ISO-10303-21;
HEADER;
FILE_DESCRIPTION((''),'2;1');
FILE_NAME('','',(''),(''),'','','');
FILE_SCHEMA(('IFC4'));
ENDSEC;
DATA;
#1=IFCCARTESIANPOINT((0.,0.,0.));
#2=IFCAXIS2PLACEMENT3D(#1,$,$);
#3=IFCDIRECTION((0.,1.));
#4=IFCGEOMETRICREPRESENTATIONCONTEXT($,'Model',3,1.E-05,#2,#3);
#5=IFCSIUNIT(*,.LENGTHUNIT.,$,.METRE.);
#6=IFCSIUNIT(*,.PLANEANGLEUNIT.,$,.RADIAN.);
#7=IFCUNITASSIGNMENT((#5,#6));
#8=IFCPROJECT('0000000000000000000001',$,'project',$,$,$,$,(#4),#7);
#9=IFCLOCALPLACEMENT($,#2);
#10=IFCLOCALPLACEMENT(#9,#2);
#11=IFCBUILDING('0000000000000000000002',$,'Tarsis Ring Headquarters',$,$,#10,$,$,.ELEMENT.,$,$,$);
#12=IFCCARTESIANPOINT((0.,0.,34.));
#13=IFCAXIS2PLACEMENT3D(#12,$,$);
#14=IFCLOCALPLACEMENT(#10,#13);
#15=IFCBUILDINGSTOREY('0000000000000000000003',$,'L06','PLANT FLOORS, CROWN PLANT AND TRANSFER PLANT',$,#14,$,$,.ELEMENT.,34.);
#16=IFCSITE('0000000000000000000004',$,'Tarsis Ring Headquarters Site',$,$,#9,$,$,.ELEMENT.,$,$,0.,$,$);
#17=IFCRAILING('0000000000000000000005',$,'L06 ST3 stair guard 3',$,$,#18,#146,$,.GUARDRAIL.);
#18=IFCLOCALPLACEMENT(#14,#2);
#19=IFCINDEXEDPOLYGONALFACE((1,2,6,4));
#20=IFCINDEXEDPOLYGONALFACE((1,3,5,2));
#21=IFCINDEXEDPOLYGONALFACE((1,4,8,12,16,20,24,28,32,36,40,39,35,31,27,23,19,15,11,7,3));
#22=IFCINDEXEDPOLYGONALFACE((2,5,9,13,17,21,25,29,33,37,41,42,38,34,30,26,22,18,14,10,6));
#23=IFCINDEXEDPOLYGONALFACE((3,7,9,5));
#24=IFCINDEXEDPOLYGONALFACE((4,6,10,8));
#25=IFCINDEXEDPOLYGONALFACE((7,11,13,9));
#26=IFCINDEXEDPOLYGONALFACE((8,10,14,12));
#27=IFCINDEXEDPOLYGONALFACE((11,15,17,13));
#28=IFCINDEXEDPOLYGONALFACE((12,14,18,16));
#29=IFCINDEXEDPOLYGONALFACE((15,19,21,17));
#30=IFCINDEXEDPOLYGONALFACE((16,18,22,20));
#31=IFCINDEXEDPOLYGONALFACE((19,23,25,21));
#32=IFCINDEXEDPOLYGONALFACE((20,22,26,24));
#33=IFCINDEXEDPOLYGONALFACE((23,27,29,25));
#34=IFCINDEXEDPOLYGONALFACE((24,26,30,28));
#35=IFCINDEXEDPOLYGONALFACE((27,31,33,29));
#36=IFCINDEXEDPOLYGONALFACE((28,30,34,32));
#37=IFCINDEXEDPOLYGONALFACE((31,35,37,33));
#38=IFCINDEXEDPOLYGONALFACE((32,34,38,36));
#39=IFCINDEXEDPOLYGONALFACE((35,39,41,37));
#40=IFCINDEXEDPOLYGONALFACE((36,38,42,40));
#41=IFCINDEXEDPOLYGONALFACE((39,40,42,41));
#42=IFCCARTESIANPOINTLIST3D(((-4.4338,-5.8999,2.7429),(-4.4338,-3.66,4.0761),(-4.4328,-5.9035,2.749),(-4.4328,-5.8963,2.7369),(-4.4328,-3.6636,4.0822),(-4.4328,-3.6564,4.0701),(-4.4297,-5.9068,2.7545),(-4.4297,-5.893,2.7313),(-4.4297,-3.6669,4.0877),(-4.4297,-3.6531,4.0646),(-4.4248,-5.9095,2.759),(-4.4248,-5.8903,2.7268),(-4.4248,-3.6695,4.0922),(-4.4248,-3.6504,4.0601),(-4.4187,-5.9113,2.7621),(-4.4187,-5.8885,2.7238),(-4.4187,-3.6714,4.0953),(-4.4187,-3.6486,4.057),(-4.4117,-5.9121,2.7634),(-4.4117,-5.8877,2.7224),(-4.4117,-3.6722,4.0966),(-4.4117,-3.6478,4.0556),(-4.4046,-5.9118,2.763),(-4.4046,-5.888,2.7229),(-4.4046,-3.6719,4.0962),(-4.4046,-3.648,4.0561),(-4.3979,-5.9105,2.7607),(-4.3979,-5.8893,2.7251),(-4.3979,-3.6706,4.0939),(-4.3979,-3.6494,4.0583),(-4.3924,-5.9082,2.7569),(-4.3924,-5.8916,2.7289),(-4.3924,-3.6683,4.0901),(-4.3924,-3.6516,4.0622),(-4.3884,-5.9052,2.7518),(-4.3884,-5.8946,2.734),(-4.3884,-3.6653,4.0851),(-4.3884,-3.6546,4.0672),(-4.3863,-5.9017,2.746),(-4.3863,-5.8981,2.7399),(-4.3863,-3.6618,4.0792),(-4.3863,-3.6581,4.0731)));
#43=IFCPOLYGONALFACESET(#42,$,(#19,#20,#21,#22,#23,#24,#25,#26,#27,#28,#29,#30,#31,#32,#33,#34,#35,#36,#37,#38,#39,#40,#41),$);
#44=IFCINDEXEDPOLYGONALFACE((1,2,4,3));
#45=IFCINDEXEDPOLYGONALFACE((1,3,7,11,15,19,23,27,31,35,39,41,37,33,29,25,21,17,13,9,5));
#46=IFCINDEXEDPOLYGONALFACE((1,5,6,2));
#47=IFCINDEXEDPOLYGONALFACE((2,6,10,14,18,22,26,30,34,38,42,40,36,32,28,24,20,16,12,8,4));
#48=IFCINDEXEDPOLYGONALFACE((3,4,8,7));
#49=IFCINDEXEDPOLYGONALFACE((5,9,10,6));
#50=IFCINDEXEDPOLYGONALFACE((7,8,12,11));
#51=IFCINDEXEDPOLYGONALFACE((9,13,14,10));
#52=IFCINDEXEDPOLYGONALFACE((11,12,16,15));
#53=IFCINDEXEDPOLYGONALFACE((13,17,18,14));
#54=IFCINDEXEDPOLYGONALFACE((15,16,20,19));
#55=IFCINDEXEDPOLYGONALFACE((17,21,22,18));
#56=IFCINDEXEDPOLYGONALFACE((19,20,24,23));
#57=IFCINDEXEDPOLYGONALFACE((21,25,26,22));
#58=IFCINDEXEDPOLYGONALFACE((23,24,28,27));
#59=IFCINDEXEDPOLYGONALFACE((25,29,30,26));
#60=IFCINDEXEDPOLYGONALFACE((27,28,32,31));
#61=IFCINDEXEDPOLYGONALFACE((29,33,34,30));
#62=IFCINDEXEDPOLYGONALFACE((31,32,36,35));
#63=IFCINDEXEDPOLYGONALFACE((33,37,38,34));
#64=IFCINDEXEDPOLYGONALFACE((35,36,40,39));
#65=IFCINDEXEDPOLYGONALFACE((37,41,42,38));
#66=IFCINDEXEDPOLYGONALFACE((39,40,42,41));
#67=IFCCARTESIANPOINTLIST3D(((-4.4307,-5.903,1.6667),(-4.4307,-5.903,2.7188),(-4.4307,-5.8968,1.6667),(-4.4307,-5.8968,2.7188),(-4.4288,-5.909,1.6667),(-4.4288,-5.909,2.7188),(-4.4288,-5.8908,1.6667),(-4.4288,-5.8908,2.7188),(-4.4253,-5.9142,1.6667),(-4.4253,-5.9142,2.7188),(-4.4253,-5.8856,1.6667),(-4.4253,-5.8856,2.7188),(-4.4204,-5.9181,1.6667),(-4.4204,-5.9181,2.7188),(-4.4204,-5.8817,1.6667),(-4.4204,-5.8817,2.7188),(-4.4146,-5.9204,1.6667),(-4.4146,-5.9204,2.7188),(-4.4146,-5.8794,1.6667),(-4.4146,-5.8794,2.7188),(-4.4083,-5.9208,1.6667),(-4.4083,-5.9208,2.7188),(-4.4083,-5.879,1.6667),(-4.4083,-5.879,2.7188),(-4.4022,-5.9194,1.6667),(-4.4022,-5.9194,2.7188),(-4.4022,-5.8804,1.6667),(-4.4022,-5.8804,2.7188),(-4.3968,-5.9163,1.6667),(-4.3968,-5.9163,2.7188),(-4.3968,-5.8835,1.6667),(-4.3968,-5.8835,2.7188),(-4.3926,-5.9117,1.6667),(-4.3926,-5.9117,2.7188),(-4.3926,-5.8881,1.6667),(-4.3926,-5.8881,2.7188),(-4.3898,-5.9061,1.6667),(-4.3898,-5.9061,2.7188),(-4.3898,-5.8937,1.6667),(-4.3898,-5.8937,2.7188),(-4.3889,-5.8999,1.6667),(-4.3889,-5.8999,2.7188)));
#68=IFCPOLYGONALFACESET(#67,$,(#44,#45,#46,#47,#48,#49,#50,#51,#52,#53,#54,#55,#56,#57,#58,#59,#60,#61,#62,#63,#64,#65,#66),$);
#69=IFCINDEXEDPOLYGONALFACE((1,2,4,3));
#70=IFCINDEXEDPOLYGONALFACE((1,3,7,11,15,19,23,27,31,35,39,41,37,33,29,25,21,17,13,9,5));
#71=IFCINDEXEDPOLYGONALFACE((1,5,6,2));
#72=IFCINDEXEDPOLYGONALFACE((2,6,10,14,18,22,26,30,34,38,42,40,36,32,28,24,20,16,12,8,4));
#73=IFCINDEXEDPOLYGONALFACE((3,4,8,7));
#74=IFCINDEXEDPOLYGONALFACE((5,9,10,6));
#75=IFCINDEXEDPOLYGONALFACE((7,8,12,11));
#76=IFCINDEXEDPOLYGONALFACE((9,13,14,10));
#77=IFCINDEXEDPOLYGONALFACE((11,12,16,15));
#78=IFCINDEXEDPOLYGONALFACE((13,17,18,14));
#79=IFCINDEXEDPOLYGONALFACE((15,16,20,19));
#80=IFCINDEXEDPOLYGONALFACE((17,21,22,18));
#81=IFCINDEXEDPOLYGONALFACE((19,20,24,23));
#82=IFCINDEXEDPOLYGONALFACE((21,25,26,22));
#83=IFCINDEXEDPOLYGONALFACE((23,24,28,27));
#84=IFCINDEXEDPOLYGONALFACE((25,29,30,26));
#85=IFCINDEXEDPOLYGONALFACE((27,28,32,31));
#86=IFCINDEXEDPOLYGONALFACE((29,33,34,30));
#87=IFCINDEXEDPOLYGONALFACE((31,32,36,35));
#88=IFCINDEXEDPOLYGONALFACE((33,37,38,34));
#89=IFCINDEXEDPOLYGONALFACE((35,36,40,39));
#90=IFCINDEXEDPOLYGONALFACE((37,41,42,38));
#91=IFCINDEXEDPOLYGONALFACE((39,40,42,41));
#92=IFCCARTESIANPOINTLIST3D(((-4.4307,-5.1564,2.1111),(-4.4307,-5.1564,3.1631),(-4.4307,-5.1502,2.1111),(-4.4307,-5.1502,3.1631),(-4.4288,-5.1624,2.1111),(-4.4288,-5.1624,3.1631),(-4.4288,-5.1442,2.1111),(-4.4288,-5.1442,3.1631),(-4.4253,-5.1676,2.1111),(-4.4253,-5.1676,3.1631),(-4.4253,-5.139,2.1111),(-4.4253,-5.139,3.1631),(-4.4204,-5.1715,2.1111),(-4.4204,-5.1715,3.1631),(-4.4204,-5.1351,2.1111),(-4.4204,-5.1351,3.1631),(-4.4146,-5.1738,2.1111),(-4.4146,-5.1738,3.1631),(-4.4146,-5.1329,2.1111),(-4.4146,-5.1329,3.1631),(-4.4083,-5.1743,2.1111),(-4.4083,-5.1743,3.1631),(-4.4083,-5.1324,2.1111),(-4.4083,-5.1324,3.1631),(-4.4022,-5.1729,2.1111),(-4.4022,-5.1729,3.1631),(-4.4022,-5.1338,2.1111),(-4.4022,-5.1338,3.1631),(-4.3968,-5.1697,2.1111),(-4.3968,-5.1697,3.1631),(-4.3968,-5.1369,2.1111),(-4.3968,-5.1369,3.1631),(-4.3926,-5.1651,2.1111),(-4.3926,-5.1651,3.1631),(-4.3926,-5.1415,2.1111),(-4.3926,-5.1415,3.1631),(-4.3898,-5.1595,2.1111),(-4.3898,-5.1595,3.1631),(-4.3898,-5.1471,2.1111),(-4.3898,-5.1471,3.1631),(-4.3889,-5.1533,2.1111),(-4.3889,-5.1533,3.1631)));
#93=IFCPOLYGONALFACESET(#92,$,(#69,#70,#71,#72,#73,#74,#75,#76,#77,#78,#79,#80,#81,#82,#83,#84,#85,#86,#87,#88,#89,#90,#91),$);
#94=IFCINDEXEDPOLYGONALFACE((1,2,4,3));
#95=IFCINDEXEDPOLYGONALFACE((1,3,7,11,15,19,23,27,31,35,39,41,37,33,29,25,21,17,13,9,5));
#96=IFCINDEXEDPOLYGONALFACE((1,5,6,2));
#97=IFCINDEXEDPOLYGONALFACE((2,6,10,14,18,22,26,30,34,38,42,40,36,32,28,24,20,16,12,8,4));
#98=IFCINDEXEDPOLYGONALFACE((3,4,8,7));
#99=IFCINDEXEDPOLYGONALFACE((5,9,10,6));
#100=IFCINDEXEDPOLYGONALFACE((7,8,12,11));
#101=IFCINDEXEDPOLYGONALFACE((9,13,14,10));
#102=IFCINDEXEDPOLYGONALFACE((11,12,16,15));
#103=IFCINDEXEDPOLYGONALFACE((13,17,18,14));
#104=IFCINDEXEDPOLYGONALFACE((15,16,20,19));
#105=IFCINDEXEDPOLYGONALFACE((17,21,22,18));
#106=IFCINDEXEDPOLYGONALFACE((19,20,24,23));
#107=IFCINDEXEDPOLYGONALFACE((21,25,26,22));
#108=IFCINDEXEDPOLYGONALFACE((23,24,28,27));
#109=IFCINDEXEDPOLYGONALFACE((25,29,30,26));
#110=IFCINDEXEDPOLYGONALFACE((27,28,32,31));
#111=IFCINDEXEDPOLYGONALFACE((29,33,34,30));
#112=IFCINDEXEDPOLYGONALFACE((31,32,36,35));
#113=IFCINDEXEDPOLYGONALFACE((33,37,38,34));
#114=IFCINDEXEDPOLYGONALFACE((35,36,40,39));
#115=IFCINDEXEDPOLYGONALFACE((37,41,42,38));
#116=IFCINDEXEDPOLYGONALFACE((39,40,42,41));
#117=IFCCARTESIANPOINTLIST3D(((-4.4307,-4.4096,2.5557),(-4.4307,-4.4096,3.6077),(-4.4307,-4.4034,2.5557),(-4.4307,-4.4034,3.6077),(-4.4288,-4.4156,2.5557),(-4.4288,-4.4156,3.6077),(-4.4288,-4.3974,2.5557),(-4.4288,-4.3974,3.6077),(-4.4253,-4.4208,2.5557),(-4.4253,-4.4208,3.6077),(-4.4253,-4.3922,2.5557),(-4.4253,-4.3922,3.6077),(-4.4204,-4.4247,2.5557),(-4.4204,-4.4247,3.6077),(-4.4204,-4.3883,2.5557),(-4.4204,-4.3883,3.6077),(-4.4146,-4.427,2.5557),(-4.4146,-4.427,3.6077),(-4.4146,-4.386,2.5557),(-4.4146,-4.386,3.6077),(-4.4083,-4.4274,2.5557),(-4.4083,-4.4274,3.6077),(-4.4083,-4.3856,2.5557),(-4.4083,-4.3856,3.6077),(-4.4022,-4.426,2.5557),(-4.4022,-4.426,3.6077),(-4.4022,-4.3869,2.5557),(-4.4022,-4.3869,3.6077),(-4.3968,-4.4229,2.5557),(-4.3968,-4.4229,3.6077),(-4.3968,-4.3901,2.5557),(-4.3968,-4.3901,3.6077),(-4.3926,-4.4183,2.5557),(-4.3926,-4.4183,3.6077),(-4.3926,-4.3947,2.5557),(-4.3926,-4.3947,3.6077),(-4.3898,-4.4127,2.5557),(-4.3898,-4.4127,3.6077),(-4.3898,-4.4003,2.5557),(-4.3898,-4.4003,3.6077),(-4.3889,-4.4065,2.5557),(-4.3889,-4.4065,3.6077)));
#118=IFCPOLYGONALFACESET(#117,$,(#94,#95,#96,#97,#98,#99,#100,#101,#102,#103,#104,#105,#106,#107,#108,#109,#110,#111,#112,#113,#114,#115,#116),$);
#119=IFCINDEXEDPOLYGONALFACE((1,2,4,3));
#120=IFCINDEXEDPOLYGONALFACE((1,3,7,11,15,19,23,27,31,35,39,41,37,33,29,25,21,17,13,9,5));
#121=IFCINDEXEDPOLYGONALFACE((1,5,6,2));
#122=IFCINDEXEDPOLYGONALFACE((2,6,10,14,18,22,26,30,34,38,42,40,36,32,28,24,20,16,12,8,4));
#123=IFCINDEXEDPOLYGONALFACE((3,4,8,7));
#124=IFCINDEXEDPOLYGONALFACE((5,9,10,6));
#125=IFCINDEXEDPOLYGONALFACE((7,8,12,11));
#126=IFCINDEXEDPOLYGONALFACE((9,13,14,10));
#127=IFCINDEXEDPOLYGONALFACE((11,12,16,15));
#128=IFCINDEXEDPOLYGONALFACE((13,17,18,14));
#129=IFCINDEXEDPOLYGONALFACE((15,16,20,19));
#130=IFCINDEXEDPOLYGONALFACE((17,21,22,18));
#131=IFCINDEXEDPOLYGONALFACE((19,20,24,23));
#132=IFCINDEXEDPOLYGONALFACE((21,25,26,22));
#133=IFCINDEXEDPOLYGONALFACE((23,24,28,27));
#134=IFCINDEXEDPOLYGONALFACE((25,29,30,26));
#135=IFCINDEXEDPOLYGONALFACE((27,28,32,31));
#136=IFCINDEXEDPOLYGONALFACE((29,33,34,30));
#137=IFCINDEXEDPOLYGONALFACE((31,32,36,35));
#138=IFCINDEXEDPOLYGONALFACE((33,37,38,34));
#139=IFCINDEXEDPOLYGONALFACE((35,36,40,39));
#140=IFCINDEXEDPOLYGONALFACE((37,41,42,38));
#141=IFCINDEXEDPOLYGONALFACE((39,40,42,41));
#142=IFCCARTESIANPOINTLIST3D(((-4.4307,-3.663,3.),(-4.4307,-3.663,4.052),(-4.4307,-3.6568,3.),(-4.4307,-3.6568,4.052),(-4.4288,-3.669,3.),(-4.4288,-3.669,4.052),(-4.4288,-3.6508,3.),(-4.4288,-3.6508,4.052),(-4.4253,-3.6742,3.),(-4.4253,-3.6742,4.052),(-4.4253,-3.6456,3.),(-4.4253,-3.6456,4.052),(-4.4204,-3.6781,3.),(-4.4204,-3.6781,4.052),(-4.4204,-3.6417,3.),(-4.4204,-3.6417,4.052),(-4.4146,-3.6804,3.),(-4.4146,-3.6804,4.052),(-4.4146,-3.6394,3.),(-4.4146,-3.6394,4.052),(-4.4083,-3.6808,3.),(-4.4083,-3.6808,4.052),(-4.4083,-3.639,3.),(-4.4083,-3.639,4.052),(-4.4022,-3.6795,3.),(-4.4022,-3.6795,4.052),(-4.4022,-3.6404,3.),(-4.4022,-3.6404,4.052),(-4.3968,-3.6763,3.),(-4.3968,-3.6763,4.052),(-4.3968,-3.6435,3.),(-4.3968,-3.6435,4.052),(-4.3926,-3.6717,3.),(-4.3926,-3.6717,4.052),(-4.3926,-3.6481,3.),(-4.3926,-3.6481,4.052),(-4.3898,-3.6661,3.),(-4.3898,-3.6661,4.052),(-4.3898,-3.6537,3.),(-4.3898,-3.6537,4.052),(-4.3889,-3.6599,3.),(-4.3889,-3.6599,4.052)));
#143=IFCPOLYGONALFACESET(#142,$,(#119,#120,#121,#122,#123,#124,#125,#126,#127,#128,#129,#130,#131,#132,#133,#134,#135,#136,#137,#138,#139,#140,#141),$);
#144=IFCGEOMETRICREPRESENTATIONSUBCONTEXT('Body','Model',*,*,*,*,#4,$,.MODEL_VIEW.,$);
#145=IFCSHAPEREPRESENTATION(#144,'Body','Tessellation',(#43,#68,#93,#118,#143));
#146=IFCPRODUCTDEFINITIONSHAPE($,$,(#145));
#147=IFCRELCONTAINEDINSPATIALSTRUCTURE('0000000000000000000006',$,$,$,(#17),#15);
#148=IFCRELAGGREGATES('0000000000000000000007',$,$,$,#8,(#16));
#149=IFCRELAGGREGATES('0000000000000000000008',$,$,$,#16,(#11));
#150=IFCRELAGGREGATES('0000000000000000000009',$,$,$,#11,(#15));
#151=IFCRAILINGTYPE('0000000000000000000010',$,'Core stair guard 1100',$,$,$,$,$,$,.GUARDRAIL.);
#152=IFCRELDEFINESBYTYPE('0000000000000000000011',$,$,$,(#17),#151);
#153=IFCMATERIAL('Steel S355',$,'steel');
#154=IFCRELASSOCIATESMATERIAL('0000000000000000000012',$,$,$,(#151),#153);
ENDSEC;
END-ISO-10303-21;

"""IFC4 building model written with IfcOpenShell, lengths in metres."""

from ifc_helpers import new_model, si_unit, direction, frame, origin, origin_2d, place, context, subcontext, project, spatial, circle, extrude, material, type_object, element, save


model = new_model("IFC4")

# Units and contexts
model_context = context("Model", 3, precision=1e-05, world=origin(), true_north=direction((0.0, 1.0)))
body_context = subcontext(model_context, "Body", "Model", "MODEL_VIEW")
ifc_project = project(units=[si_unit("LENGTHUNIT", "METRE"), si_unit("PLANEANGLEUNIT", "RADIAN")], contexts=[model_context])

# Site, building, storey
site_placement = place(None, origin())
site = spatial("IfcSite", under=ifc_project, at=site_placement, Name="Tarsis Ring Headquarters Site", CompositionType="ELEMENT", RefElevation=0.0)
building_placement = place(site_placement, origin())
building = spatial("IfcBuilding", under=site, at=building_placement, Name="Tarsis Ring Headquarters", CompositionType="ELEMENT")
storey_placement = place(building_placement, frame((0.0, 0.0, 34.0)))
storey = spatial("IfcBuildingStorey", under=building, at=storey_placement, Name="L06", Description="PLANT FLOORS, CROWN PLANT AND TRANSFER PLANT", CompositionType="ELEMENT", Elevation=34.0)

# Shared definitions
ifc_material_1 = material(Name="Steel S355", Category="steel")

# Railing
railing_type_1 = type_object("IfcRailingType", Name="Core stair guard 1100", PredefinedType="GUARDRAIL", material=ifc_material_1)
railing_1_placement = place(storey_placement, frame((-4.4099, -5.8999, 1.6667)))
element("IfcRailing", 1, at=railing_1_placement, inside=storey, type_object=railing_type_1, Name="L06 ST3 stair guard 3", PredefinedType="GUARDRAIL", context=body_context, shape_type="SweptSolid", body=[
    extrude(circle(Radius=0.0239, at=origin_2d()), frame((0.0, 0.0, 1.0762), z_axis=(0.0, 0.859306, 0.511462), x_axis=(-1.0, 0.0, 0.0)), (0.0, 0.0, 1.0), 2.6067),
    extrude(circle(Radius=0.021, at=origin_2d()), origin(), (0.0, 0.0, 1.0), 1.052),
    extrude(circle(Radius=0.021, at=origin_2d()), frame((0.0, 0.7466, 0.4443)), (0.0, 0.0, 1.0), 1.052),
    extrude(circle(Radius=0.021, at=origin_2d()), frame((0.0, 1.4934, 0.8889)), (0.0, 0.0, 1.0), 1.052),
    extrude(circle(Radius=0.021, at=origin_2d()), frame((0.0, 2.24, 1.3333)), (0.0, 0.0, 1.0), 1.052),
])

save(model, "model.ifc")
